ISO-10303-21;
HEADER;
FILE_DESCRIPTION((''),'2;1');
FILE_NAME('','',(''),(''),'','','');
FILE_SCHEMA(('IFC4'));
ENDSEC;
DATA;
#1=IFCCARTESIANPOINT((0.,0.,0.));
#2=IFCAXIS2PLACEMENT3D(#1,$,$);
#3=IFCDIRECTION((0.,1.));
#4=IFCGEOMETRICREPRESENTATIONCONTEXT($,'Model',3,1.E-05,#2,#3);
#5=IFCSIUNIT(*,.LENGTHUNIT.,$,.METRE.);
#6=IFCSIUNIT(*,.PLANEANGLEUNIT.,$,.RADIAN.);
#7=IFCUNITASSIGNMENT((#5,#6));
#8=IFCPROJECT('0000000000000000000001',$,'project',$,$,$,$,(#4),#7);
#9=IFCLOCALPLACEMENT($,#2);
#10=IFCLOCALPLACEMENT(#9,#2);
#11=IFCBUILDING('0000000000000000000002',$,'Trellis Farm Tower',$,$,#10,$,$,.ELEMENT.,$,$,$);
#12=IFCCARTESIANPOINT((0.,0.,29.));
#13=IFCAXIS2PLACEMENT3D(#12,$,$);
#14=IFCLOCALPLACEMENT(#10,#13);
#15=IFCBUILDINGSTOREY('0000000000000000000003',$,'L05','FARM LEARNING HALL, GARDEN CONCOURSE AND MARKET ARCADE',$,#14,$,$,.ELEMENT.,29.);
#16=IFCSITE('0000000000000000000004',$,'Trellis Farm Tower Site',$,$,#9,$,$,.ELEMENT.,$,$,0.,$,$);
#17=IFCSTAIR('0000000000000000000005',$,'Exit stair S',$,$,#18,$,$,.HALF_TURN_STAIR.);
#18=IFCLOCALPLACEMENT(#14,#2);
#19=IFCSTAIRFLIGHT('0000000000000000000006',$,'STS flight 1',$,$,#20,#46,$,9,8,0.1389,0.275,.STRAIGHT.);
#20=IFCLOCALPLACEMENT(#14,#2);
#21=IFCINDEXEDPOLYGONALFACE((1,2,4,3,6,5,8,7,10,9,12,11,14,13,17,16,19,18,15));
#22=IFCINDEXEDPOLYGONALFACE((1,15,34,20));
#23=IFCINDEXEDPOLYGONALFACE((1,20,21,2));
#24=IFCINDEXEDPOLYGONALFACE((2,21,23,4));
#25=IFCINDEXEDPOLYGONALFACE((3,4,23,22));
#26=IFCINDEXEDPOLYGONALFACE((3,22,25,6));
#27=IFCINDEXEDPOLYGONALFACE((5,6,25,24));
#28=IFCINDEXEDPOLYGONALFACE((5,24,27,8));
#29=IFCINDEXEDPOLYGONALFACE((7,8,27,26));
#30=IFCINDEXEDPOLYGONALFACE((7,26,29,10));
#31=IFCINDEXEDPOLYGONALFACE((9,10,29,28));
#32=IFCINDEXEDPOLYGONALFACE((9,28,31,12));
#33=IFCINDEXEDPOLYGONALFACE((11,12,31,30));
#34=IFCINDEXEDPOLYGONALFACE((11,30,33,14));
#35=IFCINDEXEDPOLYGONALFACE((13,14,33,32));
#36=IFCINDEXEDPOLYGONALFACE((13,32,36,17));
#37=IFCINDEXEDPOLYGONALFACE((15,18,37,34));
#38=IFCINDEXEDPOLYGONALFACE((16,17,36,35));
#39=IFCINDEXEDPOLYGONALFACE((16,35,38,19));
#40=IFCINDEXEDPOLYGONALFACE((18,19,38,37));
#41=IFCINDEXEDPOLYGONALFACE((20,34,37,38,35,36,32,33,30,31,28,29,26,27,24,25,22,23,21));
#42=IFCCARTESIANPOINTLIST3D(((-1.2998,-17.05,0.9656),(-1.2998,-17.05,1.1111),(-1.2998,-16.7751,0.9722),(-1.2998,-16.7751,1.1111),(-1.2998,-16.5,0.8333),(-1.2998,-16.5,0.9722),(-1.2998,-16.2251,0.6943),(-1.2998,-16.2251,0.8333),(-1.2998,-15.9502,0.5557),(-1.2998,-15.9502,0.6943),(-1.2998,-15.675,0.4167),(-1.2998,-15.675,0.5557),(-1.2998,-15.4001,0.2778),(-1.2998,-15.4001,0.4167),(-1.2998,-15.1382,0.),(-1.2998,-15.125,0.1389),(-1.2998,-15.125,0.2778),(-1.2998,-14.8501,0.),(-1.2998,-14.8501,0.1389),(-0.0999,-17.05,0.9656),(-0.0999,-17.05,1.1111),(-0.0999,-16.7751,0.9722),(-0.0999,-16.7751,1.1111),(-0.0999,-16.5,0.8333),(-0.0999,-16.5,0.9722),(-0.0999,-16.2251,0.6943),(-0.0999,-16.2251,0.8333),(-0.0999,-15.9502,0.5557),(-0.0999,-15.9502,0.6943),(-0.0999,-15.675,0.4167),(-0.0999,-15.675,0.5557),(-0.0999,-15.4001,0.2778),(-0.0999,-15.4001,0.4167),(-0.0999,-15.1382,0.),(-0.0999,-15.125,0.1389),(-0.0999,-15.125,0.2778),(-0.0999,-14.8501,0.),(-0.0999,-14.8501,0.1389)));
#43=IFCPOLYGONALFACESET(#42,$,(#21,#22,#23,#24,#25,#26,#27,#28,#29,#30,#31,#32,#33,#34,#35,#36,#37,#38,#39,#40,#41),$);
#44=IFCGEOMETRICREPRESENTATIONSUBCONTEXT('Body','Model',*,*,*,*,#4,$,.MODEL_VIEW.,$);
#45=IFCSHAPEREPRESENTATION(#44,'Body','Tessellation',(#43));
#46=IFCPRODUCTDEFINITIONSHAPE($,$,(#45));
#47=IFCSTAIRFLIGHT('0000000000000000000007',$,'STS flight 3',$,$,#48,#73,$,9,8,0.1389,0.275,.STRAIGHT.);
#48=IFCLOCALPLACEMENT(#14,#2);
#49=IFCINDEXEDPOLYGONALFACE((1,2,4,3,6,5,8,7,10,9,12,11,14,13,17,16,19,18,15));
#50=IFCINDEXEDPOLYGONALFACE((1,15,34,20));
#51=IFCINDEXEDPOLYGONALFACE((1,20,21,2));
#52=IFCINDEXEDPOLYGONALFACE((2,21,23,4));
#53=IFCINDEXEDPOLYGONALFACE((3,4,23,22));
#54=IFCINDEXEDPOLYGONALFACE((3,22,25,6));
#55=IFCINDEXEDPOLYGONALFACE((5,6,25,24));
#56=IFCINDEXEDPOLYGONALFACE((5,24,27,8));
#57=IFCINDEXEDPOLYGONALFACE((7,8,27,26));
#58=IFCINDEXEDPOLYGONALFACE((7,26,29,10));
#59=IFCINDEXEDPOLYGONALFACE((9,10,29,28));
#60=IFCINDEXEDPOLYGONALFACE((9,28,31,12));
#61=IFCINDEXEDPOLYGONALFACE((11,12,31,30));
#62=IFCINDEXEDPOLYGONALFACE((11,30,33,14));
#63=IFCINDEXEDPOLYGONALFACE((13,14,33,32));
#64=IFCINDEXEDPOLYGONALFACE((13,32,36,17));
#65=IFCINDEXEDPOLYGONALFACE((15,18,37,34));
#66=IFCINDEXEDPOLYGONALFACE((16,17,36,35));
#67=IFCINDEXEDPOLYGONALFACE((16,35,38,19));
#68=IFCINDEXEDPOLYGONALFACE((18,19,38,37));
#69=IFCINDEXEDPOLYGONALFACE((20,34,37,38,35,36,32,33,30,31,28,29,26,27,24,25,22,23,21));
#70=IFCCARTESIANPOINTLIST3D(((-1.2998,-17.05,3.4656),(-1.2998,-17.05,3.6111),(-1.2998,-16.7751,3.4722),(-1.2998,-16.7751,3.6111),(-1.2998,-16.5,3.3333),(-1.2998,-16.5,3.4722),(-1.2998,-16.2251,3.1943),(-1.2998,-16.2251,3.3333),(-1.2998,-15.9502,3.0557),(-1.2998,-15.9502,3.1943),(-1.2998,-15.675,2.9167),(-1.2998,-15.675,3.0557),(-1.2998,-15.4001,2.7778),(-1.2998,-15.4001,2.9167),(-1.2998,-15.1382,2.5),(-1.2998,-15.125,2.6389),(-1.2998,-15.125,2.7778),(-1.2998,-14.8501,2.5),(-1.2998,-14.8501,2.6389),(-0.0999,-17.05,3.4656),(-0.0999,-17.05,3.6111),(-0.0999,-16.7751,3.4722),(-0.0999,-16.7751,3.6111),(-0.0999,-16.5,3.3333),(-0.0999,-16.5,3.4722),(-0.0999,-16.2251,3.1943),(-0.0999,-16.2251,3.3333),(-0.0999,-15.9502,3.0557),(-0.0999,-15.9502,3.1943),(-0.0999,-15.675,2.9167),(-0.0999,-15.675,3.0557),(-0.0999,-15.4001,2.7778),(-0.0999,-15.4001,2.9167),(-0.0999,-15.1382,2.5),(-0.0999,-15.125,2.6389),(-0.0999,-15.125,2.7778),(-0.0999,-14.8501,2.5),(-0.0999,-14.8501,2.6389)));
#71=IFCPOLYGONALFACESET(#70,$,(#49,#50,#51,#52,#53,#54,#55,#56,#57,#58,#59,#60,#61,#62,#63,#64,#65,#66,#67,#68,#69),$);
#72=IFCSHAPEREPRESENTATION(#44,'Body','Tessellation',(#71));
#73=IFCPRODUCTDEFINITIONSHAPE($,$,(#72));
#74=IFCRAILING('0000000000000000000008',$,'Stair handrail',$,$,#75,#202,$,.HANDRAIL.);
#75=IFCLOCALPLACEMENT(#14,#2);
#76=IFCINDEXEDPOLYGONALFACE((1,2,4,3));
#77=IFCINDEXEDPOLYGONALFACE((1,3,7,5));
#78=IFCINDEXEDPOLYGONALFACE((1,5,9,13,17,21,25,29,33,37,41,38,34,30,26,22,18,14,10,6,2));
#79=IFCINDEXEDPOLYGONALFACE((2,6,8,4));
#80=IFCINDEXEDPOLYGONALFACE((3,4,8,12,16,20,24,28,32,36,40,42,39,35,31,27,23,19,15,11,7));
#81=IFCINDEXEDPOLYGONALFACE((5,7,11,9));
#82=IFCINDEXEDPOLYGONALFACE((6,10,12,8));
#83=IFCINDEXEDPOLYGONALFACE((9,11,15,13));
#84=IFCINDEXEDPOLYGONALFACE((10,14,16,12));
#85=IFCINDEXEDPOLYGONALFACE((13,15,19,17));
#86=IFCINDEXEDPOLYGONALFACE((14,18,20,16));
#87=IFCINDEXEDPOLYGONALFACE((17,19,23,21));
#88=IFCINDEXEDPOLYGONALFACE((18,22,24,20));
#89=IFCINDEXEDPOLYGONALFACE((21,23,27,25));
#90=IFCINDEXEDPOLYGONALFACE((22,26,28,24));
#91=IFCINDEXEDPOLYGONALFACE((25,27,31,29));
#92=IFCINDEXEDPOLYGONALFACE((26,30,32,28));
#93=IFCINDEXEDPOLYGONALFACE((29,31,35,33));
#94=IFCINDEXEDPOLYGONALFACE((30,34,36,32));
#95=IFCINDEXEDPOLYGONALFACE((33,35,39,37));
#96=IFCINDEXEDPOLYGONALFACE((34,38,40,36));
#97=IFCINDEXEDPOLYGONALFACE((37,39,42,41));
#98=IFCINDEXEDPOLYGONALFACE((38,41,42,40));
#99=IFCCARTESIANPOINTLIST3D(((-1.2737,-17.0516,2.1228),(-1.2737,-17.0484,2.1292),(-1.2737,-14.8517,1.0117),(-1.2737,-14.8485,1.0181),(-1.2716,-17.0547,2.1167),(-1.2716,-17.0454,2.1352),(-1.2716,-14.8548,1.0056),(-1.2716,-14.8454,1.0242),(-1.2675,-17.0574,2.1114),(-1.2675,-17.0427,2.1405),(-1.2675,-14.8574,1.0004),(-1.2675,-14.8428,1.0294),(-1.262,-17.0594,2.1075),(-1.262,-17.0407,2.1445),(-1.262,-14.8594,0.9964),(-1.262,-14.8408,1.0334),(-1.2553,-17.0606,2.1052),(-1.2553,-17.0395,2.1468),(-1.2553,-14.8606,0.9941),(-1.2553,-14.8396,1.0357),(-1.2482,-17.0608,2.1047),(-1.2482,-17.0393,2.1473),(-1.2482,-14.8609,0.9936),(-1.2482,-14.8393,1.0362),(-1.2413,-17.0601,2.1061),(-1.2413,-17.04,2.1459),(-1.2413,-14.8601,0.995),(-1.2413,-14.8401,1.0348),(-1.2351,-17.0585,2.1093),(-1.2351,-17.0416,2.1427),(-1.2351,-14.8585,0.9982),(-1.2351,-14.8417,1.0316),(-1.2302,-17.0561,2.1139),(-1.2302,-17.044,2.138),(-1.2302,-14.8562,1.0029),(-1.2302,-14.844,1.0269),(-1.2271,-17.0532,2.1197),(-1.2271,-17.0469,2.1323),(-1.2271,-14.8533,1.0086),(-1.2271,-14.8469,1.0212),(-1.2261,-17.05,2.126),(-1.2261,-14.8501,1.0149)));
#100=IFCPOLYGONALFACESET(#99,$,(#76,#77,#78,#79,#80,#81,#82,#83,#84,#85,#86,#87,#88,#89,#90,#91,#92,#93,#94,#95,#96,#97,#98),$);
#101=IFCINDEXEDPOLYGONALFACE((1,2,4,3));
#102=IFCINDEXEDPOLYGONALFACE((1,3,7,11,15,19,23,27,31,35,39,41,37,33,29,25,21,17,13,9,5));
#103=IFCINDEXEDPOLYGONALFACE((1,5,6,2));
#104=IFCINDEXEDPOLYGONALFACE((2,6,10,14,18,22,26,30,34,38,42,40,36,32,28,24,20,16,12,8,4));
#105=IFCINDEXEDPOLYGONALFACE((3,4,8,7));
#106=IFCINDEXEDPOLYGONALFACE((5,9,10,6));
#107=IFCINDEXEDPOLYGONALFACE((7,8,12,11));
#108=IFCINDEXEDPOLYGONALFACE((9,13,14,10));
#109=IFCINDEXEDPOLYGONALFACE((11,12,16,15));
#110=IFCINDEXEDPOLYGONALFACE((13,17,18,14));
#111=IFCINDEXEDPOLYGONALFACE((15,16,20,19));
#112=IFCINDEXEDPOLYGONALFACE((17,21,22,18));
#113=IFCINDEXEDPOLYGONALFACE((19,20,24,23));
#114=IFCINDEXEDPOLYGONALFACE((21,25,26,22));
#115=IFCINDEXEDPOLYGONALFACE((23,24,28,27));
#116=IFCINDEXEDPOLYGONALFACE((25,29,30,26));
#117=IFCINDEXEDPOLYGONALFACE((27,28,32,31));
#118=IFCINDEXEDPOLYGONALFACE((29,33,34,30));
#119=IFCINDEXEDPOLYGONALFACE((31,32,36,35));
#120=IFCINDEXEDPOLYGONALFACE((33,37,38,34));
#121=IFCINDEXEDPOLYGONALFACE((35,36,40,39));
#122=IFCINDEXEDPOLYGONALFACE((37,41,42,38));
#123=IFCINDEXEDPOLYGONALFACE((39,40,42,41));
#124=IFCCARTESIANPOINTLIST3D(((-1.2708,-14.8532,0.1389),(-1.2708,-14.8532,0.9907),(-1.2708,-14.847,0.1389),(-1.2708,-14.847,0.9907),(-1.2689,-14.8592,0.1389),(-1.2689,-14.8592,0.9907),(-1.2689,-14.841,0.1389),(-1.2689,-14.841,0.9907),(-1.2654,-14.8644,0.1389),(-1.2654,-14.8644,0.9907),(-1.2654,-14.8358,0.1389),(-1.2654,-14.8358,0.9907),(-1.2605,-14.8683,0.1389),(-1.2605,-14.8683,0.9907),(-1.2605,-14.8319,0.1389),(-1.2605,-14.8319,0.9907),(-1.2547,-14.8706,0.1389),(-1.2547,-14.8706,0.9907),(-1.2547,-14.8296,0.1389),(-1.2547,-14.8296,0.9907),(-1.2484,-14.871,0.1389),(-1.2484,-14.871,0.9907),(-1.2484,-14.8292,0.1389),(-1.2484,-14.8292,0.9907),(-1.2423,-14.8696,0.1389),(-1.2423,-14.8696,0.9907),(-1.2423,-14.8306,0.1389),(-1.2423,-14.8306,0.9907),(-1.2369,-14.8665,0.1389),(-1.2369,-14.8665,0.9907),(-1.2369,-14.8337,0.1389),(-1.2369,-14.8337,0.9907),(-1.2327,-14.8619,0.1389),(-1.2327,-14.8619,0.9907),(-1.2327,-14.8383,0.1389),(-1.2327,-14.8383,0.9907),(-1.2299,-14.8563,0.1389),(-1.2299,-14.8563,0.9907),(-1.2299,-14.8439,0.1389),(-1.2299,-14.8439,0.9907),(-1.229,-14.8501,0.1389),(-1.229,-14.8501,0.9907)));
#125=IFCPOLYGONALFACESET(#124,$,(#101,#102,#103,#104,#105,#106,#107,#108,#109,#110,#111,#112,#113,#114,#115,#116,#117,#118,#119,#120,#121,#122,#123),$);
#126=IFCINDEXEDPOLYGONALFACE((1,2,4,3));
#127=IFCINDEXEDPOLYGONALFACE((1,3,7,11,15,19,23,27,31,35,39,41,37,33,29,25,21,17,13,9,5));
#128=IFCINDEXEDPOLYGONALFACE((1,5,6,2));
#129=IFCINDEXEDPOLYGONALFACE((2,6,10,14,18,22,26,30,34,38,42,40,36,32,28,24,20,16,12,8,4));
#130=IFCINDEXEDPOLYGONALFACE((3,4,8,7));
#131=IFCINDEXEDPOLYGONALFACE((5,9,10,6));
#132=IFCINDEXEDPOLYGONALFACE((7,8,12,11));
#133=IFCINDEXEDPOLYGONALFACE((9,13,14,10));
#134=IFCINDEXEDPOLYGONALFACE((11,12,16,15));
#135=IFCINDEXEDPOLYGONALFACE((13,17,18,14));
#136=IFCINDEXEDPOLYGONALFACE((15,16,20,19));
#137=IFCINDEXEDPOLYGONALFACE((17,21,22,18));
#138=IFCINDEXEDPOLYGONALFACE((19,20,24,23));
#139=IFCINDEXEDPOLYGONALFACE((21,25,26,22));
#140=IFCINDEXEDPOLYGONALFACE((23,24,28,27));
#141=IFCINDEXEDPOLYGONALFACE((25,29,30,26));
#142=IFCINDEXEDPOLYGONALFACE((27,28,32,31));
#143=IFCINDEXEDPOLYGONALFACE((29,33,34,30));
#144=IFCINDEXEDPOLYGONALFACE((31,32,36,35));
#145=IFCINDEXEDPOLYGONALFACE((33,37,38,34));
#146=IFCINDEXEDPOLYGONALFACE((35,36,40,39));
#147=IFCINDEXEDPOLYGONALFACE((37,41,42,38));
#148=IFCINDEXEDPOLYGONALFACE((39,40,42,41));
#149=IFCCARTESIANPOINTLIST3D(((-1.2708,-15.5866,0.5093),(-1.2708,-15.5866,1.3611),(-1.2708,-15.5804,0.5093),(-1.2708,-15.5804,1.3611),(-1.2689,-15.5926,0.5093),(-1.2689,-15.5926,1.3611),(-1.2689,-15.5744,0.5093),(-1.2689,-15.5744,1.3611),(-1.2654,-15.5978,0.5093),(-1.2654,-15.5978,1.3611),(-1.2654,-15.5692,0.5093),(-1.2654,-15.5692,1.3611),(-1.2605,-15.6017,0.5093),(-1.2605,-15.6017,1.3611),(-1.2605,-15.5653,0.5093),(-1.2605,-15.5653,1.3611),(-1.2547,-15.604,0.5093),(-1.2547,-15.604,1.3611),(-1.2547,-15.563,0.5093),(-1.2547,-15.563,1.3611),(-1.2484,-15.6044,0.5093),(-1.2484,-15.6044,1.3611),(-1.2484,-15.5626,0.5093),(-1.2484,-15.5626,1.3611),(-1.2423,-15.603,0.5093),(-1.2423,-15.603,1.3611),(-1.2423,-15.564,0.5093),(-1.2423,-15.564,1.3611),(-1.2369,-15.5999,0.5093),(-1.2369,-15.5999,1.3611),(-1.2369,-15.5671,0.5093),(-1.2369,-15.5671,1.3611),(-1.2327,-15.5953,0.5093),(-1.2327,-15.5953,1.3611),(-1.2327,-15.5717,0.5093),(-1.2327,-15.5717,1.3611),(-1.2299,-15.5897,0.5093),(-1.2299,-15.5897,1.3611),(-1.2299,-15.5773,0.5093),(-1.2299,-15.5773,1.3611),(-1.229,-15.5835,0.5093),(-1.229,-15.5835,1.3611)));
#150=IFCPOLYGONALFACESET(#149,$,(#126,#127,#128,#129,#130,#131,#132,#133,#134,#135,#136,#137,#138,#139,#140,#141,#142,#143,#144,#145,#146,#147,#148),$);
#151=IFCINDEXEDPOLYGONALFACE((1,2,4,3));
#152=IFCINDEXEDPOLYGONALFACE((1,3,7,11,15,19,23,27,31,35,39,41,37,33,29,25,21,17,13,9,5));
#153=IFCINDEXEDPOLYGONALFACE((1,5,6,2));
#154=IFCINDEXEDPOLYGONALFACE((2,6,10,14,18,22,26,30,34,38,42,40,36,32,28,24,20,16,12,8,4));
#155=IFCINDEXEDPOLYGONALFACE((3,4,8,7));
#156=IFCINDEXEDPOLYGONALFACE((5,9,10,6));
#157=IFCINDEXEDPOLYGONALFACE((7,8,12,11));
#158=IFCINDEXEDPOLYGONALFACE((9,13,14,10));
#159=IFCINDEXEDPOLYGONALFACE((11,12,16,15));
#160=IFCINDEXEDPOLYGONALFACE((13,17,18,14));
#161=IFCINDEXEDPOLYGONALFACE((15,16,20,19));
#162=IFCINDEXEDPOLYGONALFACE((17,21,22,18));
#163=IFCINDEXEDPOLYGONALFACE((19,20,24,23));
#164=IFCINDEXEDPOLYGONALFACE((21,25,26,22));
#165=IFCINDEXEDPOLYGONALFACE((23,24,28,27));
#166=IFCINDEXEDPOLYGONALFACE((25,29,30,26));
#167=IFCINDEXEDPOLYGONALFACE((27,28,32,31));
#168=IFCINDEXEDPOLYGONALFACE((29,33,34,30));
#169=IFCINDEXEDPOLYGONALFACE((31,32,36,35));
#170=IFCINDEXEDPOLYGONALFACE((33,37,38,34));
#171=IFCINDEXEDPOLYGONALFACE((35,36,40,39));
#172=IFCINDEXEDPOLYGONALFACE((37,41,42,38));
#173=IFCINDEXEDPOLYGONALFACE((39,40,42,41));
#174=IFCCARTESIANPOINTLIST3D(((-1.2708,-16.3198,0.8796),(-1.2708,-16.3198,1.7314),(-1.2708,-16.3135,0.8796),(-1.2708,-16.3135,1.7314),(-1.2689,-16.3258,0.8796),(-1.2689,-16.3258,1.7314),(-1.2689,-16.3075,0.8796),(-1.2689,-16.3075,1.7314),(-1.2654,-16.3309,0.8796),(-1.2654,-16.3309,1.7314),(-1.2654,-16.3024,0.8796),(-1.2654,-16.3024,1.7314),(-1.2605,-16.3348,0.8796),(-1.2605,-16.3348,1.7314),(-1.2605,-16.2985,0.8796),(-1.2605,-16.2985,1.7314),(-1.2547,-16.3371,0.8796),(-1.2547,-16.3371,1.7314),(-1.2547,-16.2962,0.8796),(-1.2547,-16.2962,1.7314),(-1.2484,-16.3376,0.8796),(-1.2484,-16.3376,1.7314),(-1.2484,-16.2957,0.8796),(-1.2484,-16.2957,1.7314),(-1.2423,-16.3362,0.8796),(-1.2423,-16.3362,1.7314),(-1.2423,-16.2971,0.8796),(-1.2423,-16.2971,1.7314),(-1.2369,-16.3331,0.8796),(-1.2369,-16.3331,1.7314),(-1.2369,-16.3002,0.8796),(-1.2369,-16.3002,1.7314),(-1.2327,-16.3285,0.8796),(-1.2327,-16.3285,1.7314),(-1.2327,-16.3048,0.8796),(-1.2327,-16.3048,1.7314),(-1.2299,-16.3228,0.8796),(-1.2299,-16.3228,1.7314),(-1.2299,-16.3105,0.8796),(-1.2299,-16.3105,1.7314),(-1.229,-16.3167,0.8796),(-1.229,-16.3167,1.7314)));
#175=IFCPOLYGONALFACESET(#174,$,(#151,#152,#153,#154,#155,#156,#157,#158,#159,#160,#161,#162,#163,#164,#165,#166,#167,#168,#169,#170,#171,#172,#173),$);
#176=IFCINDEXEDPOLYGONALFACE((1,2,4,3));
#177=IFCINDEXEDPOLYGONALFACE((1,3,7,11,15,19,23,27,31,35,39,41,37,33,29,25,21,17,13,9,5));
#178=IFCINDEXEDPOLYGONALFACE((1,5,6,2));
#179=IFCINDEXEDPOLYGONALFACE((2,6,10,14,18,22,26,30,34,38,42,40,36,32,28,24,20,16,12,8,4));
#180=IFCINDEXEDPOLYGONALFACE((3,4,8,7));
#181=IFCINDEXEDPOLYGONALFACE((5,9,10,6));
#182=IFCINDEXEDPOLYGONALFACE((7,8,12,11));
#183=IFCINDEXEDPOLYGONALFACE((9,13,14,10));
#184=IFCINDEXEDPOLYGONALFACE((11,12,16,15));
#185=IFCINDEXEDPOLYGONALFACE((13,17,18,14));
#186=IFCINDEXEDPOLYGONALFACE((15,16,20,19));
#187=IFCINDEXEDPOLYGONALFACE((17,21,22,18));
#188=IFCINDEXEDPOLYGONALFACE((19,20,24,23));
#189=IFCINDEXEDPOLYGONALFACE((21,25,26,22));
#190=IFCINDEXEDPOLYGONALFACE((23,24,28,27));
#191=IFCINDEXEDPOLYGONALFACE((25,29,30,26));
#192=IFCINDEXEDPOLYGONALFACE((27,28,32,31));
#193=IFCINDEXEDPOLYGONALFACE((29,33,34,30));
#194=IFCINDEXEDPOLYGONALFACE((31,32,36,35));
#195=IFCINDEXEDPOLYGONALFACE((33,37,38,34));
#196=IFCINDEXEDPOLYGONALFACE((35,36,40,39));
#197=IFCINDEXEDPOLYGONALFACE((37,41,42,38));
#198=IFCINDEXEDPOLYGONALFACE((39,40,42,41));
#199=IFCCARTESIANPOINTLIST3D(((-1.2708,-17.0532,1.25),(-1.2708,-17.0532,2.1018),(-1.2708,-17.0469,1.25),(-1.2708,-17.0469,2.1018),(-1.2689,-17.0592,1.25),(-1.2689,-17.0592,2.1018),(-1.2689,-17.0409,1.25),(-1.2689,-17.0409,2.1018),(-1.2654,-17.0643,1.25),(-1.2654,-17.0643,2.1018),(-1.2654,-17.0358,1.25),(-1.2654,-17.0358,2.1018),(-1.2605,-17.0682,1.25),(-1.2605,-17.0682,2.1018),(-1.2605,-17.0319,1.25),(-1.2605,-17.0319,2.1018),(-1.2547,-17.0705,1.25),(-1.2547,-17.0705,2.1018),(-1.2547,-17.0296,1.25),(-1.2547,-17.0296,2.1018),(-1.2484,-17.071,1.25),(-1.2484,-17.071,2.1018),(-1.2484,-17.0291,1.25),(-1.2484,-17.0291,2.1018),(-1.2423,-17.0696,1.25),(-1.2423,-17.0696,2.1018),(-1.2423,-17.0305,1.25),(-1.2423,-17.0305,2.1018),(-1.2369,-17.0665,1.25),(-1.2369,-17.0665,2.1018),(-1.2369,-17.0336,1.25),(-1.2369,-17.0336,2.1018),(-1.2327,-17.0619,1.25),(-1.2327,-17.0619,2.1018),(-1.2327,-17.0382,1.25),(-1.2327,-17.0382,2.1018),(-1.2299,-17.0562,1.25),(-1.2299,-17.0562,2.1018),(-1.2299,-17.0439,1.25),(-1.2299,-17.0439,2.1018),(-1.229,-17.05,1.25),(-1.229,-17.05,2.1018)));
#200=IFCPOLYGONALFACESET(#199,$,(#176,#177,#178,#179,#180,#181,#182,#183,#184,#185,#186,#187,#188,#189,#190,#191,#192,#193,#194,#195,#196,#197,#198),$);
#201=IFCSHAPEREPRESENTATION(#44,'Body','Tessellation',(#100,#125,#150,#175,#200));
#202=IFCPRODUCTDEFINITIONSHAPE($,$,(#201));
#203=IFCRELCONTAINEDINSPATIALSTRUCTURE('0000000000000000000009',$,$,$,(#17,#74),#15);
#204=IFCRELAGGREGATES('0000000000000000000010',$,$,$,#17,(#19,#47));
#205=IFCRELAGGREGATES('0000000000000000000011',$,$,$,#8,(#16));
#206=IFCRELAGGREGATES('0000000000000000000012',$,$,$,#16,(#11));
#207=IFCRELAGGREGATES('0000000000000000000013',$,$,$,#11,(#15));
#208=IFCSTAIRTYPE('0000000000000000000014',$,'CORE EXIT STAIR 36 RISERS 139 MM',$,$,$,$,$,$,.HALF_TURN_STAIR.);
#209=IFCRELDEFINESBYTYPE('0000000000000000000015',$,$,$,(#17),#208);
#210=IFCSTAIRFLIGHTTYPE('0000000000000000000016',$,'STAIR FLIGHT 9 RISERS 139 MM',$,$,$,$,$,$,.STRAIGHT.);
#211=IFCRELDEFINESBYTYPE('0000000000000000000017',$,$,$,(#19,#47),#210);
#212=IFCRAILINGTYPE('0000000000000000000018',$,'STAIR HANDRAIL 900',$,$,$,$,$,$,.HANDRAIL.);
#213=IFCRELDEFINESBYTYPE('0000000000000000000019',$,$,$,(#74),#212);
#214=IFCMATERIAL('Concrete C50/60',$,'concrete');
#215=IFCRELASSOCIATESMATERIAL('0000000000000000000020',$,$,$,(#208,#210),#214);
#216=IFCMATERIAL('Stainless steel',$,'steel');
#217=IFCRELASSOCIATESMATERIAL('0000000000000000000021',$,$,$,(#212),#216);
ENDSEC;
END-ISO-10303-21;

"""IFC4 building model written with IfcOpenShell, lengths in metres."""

from ifc_helpers import new_model, si_unit, direction, frame, origin, origin_2d, place, context, subcontext, project, spatial, polyline, circle, outline, extrude, source, transform, mapped, material, type_object, element, aggregate, save


model = new_model("IFC4")

# Units and contexts
model_context = context("Model", 3, precision=1e-05, world=origin(), true_north=direction((0.0, 1.0)))
body_context = subcontext(model_context, "Body", "Model", "MODEL_VIEW")
ifc_project = project(units=[si_unit("LENGTHUNIT", "METRE"), si_unit("PLANEANGLEUNIT", "RADIAN")], contexts=[model_context])

# Site, building, storey
site_placement = place(None, origin())
site = spatial("IfcSite", under=ifc_project, at=site_placement, Name="Trellis Farm Tower Site", CompositionType="ELEMENT", RefElevation=0.0)
building_placement = place(site_placement, origin())
building = spatial("IfcBuilding", under=site, at=building_placement, Name="Trellis Farm Tower", CompositionType="ELEMENT")
storey_placement = place(building_placement, frame((0.0, 0.0, 29.0)))
storey = spatial("IfcBuildingStorey", under=building, at=storey_placement, Name="L05", Description="FARM LEARNING HALL, GARDEN CONCOURSE AND MARKET ARCADE", CompositionType="ELEMENT", Elevation=29.0)

# Stair, stair flights
ifc_material_1 = material(Name="Concrete C50/60", Category="concrete")
stair_type = type_object("IfcStairType", Name="CORE EXIT STAIR 36 RISERS 139 MM", PredefinedType="HALF_TURN_STAIR", material=ifc_material_1)
stair_placement = place(storey_placement, origin())
stair = element("IfcStair", 1, at=stair_placement, inside=storey, type_object=stair_type, Name="Exit stair S", PredefinedType="HALF_TURN_STAIR")
stair_flight_type = type_object("IfcStairFlightType", Name="STAIR FLIGHT 9 RISERS 139 MM", PredefinedType="STRAIGHT", material=ifc_material_1)
shared_shape_1 = source(origin(), body_context, "Body", "SweptSolid", [
    extrude(outline(polyline([(0.0, 0.0), (0.0, 0.1389), (0.2749, 0.1389), (0.2749, 0.2778), (0.55, 0.2778), (0.55, 0.4167), (0.825, 0.4167), (0.825, 0.5557), (1.1001, 0.5557), (1.1001, 0.6943), (1.375, 0.6943), (1.375, 0.8333), (1.6499, 0.8333), (1.6499, 0.9722), (1.925, 0.9722), (1.925, 1.1111), (2.2, 1.1111), (2.2, 1.25), (2.2, 0.9656), (0.2881, 0.0), (0.0, 0.0)])), frame((0.0, 0.6001, 0.0), z_axis=(0.0, -1.0, 0.0), x_axis=(1.0, 0.0, 0.0)), (0.0, 0.0, 1.0), 1.2),
])
stair_flight_1_placement = place(storey_placement, frame((-0.7, -14.8501, 0.0), z_axis=(0.0, 0.0, 1.0), x_axis=(0.0, -1.0, 0.0)))
stair_flight_1 = element("IfcStairFlight", 2, at=stair_flight_1_placement, type_object=stair_flight_type, Name="STS flight 1", NumberOfRisers=9, NumberOfTreads=8, PredefinedType="STRAIGHT", RiserHeight=0.1389, TreadLength=0.275, context=body_context, shape_type="MappedRepresentation", body=[
    mapped(shared_shape_1, transform((0.0, 0.0, 0.0))),
])
stair_flight_2_placement = place(storey_placement, frame((-0.7, -14.8501, 2.5), z_axis=(0.0, 0.0, 1.0), x_axis=(0.0, -1.0, 0.0)))
stair_flight_2 = element("IfcStairFlight", 3, at=stair_flight_2_placement, type_object=stair_flight_type, Name="STS flight 3", NumberOfRisers=9, NumberOfTreads=8, PredefinedType="STRAIGHT", RiserHeight=0.1389, TreadLength=0.275, context=body_context, shape_type="MappedRepresentation", body=[
    mapped(shared_shape_1, transform((0.0, 0.0, 0.0))),
])
aggregate(stair, [stair_flight_1, stair_flight_2])

# Railing
ifc_material_2 = material(Name="Stainless steel", Category="steel")
railing_type = type_object("IfcRailingType", Name="STAIR HANDRAIL 900", PredefinedType="HANDRAIL", material=ifc_material_2)
shared_shape_2 = source(origin(), body_context, "Body", "SweptSolid", [
    extrude(circle(Radius=0.0239, at=origin_2d()), frame((0.0, 0.0, 0.876), z_axis=(0.0, -0.892617, 0.450816), x_axis=(1.0, 0.0, 0.0)), (0.0, 0.0, 1.0), 2.4646),
    extrude(circle(Radius=0.021, at=origin_2d()), origin(), (0.0, 0.0, 1.0), 0.8518),
    extrude(circle(Radius=0.021, at=origin_2d()), frame((0.0, -0.7334, 0.3704)), (0.0, 0.0, 1.0), 0.8518),
    extrude(circle(Radius=0.021, at=origin_2d()), frame((0.0, -1.4666, 0.7407)), (0.0, 0.0, 1.0), 0.8518),
    extrude(circle(Radius=0.021, at=origin_2d()), frame((0.0, -2.2, 1.1111)), (0.0, 0.0, 1.0), 0.8518),
])
for number, where, name in (
    (4, (-1.25, -14.8501, 0.1389), "Stair handrail"),
):
    element("IfcRailing", number, at=place(storey_placement, frame(where)), inside=storey, type_object=railing_type, Name=name, PredefinedType="HANDRAIL", context=body_context, shape_type="MappedRepresentation", body=[
        mapped(shared_shape_2, transform((0.0, 0.0, 0.0))),
    ])

save(model, "model.ifc")
